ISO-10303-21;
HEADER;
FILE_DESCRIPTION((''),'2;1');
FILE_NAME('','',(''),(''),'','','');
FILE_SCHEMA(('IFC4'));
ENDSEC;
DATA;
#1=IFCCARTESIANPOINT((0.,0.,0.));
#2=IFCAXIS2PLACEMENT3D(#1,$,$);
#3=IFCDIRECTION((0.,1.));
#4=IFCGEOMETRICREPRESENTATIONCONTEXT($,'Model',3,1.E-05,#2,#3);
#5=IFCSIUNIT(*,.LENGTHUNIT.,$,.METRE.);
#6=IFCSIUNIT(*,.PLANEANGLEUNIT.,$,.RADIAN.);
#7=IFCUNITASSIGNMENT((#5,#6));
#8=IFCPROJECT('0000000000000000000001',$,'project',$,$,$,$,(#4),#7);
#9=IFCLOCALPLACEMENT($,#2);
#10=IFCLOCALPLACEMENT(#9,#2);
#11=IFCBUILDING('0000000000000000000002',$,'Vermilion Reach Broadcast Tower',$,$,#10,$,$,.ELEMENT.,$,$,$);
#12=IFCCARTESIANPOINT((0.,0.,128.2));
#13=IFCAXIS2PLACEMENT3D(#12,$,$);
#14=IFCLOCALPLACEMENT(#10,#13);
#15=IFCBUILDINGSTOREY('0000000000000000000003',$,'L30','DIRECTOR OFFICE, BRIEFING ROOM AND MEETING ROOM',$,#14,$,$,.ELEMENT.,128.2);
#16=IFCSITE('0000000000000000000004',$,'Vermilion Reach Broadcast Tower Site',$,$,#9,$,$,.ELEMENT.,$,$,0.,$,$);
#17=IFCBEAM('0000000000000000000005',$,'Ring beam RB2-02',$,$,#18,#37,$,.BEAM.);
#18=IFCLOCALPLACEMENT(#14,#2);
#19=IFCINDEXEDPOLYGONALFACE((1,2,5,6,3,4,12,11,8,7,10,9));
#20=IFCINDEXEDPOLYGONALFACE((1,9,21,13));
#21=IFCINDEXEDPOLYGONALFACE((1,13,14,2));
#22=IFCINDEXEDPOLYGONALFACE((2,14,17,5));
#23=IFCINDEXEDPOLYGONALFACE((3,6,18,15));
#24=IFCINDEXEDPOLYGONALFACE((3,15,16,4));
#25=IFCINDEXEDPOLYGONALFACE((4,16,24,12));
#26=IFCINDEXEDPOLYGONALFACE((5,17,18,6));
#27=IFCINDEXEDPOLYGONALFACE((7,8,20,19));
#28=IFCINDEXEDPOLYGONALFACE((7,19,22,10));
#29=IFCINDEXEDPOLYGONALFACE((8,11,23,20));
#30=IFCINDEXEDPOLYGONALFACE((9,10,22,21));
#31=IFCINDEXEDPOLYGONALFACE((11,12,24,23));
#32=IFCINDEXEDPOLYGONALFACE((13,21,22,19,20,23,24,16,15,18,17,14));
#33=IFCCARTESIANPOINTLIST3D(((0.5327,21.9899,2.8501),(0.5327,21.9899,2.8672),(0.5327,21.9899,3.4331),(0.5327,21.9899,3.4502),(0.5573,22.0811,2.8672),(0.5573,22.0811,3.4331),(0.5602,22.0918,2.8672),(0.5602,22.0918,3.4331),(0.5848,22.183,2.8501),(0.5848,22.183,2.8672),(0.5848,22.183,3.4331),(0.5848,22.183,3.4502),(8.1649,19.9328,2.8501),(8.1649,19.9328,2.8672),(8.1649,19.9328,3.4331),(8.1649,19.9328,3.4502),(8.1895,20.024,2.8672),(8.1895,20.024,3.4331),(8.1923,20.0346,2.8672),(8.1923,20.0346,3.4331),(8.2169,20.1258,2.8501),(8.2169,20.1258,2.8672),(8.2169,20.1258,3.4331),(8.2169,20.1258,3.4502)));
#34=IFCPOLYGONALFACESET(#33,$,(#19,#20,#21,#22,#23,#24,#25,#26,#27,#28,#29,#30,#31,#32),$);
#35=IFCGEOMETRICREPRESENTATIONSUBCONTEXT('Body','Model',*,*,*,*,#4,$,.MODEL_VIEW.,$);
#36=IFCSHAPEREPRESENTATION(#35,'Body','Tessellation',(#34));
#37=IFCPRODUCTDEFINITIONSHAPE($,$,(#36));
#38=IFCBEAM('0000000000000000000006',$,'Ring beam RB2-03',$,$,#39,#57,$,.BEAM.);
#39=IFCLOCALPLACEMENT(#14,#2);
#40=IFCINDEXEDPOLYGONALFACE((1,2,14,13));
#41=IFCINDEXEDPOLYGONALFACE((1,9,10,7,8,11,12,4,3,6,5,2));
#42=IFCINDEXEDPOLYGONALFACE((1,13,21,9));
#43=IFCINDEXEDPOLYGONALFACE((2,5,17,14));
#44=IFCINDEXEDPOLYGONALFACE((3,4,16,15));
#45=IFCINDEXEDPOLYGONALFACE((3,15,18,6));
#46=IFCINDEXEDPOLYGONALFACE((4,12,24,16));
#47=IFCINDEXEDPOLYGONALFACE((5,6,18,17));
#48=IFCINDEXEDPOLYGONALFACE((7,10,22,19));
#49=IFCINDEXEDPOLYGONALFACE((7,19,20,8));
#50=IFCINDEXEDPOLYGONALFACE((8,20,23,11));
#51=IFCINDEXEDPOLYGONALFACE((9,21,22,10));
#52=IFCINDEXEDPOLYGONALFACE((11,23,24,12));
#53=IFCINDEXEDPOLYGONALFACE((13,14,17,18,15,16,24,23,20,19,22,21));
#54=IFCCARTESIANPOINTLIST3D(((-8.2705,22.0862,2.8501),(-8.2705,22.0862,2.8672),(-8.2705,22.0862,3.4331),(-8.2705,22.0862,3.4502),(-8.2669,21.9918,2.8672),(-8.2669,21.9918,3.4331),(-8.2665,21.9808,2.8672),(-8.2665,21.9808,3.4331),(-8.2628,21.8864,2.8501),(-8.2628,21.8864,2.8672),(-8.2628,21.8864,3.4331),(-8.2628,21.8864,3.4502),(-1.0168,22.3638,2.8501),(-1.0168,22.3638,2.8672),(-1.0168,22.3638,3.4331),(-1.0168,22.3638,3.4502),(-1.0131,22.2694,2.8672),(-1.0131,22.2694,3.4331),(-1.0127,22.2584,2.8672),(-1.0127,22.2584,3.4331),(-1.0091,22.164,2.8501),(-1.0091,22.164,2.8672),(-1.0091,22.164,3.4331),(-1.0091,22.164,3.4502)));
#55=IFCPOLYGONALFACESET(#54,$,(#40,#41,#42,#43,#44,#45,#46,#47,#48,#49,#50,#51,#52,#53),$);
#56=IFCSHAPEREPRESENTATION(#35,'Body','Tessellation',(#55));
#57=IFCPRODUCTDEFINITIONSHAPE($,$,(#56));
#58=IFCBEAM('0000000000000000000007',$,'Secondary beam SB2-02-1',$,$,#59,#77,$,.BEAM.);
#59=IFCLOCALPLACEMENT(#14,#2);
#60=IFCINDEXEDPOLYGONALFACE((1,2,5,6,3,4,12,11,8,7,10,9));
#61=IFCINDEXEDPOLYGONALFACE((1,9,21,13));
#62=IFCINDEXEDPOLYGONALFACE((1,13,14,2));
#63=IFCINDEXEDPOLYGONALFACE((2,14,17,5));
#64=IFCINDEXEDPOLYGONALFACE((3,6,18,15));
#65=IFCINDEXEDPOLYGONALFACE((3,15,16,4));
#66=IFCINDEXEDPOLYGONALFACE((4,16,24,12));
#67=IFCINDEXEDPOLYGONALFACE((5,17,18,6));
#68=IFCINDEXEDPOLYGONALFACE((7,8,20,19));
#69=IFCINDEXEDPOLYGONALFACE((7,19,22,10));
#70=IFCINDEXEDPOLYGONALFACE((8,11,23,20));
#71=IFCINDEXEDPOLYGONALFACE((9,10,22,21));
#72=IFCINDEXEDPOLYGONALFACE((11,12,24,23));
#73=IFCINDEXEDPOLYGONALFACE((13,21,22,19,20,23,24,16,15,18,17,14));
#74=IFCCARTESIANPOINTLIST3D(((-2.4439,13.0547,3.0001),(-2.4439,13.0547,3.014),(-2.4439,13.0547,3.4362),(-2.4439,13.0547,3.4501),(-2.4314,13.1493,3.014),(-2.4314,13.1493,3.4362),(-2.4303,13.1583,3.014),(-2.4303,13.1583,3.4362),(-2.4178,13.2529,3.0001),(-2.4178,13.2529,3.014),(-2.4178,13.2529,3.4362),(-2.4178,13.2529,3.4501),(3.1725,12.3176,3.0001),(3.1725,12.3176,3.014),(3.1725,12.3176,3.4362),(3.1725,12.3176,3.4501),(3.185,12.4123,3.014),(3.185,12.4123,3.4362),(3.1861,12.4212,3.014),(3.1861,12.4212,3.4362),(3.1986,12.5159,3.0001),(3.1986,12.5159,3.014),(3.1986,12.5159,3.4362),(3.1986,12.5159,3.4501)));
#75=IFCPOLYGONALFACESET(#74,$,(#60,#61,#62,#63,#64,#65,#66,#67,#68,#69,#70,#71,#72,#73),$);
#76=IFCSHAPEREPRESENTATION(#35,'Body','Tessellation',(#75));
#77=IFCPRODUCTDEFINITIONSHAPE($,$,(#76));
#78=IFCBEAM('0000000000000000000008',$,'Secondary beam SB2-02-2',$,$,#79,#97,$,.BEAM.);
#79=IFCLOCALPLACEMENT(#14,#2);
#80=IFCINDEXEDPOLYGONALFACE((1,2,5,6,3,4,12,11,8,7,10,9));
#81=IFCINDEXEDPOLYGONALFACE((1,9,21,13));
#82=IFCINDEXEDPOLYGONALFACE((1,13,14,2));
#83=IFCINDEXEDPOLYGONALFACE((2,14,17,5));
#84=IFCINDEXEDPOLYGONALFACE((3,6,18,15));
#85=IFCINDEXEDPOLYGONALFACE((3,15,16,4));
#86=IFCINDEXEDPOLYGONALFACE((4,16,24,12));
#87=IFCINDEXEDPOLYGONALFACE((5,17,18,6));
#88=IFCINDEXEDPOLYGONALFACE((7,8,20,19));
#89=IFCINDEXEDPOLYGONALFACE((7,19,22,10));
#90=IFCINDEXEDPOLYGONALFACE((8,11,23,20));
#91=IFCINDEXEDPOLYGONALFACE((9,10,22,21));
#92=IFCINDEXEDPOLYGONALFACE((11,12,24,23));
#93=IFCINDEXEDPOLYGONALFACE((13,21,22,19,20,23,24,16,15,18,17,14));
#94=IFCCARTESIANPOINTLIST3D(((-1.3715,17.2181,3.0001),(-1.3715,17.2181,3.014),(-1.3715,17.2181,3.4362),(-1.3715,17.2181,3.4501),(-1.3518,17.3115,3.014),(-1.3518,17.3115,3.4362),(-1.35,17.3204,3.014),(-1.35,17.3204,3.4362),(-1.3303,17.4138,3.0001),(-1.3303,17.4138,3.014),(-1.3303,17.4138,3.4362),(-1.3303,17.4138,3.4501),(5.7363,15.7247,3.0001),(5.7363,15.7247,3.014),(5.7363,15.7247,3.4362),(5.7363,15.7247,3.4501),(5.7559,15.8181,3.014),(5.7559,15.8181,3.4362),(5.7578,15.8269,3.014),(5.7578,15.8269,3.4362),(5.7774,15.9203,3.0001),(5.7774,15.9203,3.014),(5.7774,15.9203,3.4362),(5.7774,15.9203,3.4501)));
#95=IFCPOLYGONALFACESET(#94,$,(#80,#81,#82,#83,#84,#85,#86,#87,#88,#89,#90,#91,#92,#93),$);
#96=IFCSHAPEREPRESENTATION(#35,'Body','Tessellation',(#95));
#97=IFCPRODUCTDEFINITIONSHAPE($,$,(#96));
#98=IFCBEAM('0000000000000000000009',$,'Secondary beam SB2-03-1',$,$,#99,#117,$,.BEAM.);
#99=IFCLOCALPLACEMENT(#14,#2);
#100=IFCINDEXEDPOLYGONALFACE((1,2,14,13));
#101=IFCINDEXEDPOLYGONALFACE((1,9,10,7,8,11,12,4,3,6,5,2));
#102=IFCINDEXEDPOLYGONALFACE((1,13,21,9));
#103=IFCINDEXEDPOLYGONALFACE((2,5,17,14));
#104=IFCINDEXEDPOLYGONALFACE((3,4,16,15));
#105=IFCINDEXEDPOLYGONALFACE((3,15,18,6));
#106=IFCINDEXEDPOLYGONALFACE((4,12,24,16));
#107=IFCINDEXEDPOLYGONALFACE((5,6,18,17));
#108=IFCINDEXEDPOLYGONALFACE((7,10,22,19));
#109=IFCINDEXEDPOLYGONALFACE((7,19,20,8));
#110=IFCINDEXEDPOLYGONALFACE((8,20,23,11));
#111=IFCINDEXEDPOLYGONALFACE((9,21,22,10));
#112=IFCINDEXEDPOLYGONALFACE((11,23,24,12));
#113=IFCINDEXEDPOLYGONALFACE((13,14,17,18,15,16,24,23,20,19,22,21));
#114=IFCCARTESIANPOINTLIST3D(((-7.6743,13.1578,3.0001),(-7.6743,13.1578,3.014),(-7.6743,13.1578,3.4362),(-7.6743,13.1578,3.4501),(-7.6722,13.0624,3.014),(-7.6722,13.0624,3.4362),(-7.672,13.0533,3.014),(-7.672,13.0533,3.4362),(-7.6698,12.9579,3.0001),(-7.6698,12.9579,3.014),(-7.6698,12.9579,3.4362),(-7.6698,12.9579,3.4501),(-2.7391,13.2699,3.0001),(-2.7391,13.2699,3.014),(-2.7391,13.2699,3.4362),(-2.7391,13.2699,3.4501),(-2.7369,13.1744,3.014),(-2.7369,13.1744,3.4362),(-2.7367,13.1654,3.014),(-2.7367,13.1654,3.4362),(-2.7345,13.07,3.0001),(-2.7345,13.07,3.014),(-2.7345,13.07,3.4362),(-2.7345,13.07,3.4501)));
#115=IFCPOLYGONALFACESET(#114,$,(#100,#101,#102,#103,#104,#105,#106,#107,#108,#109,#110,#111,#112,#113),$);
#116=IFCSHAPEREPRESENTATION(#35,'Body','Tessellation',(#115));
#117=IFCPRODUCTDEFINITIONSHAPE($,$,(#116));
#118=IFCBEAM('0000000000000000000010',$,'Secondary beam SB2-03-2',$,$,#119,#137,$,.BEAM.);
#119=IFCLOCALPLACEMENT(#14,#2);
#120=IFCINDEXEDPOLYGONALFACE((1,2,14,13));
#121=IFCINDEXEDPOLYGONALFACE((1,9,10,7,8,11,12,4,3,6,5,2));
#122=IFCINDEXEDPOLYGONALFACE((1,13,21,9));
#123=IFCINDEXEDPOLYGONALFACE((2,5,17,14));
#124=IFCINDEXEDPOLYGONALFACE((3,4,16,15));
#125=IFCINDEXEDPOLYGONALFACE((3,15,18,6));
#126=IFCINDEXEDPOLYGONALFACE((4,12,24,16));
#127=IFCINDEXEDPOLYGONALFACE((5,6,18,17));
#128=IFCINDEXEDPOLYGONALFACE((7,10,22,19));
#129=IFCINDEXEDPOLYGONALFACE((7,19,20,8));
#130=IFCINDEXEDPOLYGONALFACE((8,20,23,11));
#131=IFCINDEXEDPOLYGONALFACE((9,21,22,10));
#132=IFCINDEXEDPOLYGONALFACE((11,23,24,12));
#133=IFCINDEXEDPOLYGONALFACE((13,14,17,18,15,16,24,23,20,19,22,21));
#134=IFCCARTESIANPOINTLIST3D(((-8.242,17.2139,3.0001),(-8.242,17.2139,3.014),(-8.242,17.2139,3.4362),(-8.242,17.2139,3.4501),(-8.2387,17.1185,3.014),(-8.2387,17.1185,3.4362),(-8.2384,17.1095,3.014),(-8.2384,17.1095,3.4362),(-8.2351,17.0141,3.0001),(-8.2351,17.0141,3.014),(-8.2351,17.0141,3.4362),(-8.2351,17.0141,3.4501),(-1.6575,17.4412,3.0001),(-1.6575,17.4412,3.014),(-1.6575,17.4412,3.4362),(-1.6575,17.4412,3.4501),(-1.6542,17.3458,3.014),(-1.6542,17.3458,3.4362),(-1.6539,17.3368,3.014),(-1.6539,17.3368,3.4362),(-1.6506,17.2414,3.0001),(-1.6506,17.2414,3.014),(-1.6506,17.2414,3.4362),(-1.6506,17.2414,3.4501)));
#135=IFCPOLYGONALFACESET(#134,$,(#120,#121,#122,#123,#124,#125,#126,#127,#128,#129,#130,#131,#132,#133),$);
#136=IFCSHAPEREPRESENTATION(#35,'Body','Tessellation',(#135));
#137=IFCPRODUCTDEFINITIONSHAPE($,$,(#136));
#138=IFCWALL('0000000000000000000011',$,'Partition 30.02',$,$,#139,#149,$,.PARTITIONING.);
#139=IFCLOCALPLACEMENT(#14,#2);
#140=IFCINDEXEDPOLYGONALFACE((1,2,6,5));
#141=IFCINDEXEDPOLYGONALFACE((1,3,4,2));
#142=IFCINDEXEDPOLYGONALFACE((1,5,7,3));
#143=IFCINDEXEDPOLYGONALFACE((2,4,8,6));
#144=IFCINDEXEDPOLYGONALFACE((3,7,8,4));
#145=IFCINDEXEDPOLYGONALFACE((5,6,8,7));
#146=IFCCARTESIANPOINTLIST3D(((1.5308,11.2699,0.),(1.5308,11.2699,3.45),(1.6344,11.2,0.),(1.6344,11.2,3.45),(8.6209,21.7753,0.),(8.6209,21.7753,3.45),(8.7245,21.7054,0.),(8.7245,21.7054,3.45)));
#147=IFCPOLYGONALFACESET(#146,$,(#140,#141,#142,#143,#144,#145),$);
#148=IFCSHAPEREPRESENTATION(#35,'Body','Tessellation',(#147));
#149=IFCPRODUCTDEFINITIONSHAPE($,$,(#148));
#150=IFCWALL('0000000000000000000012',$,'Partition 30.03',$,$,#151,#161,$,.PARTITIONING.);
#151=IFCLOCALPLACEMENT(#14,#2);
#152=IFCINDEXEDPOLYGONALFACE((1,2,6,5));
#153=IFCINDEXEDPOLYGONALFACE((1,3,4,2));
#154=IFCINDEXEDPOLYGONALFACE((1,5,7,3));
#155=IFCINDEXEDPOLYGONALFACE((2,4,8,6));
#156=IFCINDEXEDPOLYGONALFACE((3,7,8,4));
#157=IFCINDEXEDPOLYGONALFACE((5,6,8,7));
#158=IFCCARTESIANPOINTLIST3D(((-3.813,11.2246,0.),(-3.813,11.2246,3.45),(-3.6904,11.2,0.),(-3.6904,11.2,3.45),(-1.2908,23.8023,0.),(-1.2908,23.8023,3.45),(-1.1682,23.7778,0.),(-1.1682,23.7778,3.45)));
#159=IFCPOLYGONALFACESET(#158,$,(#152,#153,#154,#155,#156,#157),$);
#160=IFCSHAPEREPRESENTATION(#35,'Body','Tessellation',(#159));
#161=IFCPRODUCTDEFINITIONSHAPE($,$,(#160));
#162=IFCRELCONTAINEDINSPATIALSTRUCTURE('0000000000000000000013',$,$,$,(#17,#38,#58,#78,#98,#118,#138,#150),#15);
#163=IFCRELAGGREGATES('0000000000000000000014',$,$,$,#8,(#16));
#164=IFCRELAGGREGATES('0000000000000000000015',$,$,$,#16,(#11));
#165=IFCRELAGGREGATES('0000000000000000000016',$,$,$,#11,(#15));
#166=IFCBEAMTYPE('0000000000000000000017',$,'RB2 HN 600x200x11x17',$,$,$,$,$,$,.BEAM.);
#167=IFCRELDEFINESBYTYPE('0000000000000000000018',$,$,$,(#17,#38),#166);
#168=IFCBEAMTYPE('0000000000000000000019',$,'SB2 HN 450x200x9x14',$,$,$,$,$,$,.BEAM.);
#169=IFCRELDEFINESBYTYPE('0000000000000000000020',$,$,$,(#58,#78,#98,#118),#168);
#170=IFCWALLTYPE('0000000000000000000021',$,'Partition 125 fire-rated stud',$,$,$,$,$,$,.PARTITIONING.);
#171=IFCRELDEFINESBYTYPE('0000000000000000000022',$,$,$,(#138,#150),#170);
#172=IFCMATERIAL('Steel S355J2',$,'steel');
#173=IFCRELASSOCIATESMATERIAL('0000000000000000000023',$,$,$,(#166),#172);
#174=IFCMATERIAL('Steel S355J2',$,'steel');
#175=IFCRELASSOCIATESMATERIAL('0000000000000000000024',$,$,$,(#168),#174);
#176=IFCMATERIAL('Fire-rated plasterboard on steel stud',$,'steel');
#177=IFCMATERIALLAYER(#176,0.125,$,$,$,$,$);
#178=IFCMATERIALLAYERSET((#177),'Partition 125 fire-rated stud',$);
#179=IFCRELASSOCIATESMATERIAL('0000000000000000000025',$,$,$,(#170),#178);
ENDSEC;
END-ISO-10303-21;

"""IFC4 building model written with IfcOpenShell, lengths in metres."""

from ifc_helpers import new_model, si_unit, direction, frame, frame_2d, origin, origin_2d, place, context, subcontext, project, spatial, rectangle, i_section, extrude, material, layer, layer_set, material_profile, profile_set, type_object, element, save


model = new_model("IFC4")

# Units and contexts
model_context = context("Model", 3, precision=1e-05, world=origin(), true_north=direction((0.0, 1.0)))
body_context = subcontext(model_context, "Body", "Model", "MODEL_VIEW")
ifc_project = project(units=[si_unit("LENGTHUNIT", "METRE"), si_unit("PLANEANGLEUNIT", "RADIAN")], contexts=[model_context])

# Site, building, storey
site_placement = place(None, origin())
site = spatial("IfcSite", under=ifc_project, at=site_placement, Name="Vermilion Reach Broadcast Tower Site", CompositionType="ELEMENT", RefElevation=0.0)
building_placement = place(site_placement, origin())
building = spatial("IfcBuilding", under=site, at=building_placement, Name="Vermilion Reach Broadcast Tower", CompositionType="ELEMENT")
storey_placement = place(building_placement, frame((0.0, 0.0, 128.2)))
storey = spatial("IfcBuildingStorey", under=building, at=storey_placement, Name="L30", Description="DIRECTOR OFFICE, BRIEFING ROOM AND MEETING ROOM", CompositionType="ELEMENT", Elevation=128.2)

# Beams
ifc_material_1 = material(Name="Steel S355J2", Category="steel")
ifc_material_profile_1 = material_profile(ifc_material_1, i_section(OverallWidth=0.2, OverallDepth=0.6001, WebThickness=0.011, FlangeThickness=0.0171, at=origin_2d()), Name="S355J2 HN 600x200x11x17")
ifc_profile_set_1 = profile_set([ifc_material_profile_1], Name="Steel S355J2")
beam_type_1 = type_object("IfcBeamType", Name="RB2 HN 600x200x11x17", PredefinedType="BEAM", material=ifc_profile_set_1)
beam_1_placement = place(storey_placement, frame((8.1909, 20.0293, 3.1501), z_axis=(-0.965541, 0.260249, 0.0), x_axis=(-0.260249, -0.965541, 0.0)))
element("IfcBeam", 1, at=beam_1_placement, inside=storey, type_object=beam_type_1, Name="Ring beam RB2-02", PredefinedType="BEAM", context=body_context, shape_type="SweptSolid", body=[
    extrude(i_section(OverallWidth=0.2, OverallDepth=0.6001, WebThickness=0.011, FlangeThickness=0.0171, at=origin_2d()), origin(), (0.0, 0.0, 1.0), 7.9045),
])
beam_2_placement = place(storey_placement, frame((-1.0129, 22.2639, 3.1501), z_axis=(-0.999269, -0.038241, 0.0), x_axis=(0.038241, -0.999269, 0.0)))
element("IfcBeam", 2, at=beam_2_placement, inside=storey, type_object=beam_type_1, Name="Ring beam RB2-03", PredefinedType="BEAM", context=body_context, shape_type="SweptSolid", body=[
    extrude(i_section(OverallWidth=0.2, OverallDepth=0.6001, WebThickness=0.011, FlangeThickness=0.0171, at=origin_2d()), origin(), (0.0, 0.0, 1.0), 7.259),
])
ifc_material_2 = material(Name="Steel S355J2", Category="steel")
ifc_material_profile_2 = material_profile(ifc_material_2, i_section(OverallWidth=0.2, OverallDepth=0.45, WebThickness=0.009, FlangeThickness=0.0139, at=origin_2d()), Name="S355J2 HN 450x200x9x14")
ifc_profile_set_2 = profile_set([ifc_material_profile_2], Name="Steel S355J2")
beam_type_2 = type_object("IfcBeamType", Name="SB2 HN 450x200x9x14", PredefinedType="BEAM", material=ifc_profile_set_2)
beam_3_placement = place(storey_placement, frame((3.1855, 12.4167, 3.2251), z_axis=(-0.991499, 0.130117, 0.0), x_axis=(-0.130117, -0.991499, 0.0)))
element("IfcBeam", 3, at=beam_3_placement, inside=storey, type_object=beam_type_2, Name="Secondary beam SB2-02-1", PredefinedType="BEAM", context=body_context, shape_type="SweptSolid", body=[
    extrude(i_section(OverallWidth=0.2, OverallDepth=0.45, WebThickness=0.009, FlangeThickness=0.0139, at=origin_2d()), origin(), (0.0, 0.0, 1.0), 5.6646),
])
beam_4_placement = place(storey_placement, frame((5.7568, 15.8225, 3.2251), z_axis=(-0.978631, 0.205623, 0.0), x_axis=(-0.205623, -0.978631, 0.0)))
element("IfcBeam", 4, at=beam_4_placement, inside=storey, type_object=beam_type_2, Name="Secondary beam SB2-02-2", PredefinedType="BEAM", context=body_context, shape_type="SweptSolid", body=[
    extrude(i_section(OverallWidth=0.2, OverallDepth=0.45, WebThickness=0.009, FlangeThickness=0.0139, at=origin_2d()), origin(), (0.0, 0.0, 1.0), 7.2629),
])
beam_5_placement = place(storey_placement, frame((-2.7368, 13.1699, 3.2251), z_axis=(-0.999742, -0.0227, 0.0), x_axis=(0.0227, -0.999742, 0.0)))
element("IfcBeam", 5, at=beam_5_placement, inside=storey, type_object=beam_type_2, Name="Secondary beam SB2-03-1", PredefinedType="BEAM", context=body_context, shape_type="SweptSolid", body=[
    extrude(i_section(OverallWidth=0.2, OverallDepth=0.45, WebThickness=0.009, FlangeThickness=0.0139, at=origin_2d()), origin(), (0.0, 0.0, 1.0), 4.9365),
])
beam_6_placement = place(storey_placement, frame((-1.6541, 17.3413, 3.2251), z_axis=(-0.999405, -0.034499, 0.0), x_axis=(0.034499, -0.999405, 0.0)))
element("IfcBeam", 6, at=beam_6_placement, inside=storey, type_object=beam_type_2, Name="Secondary beam SB2-03-2", PredefinedType="BEAM", context=body_context, shape_type="SweptSolid", body=[
    extrude(i_section(OverallWidth=0.2, OverallDepth=0.45, WebThickness=0.009, FlangeThickness=0.0139, at=origin_2d()), origin(), (0.0, 0.0, 1.0), 6.5884),
])

# Walls
ifc_material_3 = material(Name="Fire-rated plasterboard on steel stud", Category="steel")
ifc_layer_1 = layer(ifc_material_3, 0.125)
ifc_layer_set_1 = layer_set([ifc_layer_1], Name="Partition 125 fire-rated stud")
wall_type_1 = type_object("IfcWallType", Name="Partition 125 fire-rated stud", PredefinedType="PARTITIONING", material=ifc_layer_set_1)
wall_1_placement = place(storey_placement, frame((8.6726, 21.7402, 0.0), z_axis=(0.0, 0.0, 1.0), x_axis=(-0.559417, -0.828887, 0.0)))
element("IfcWall", 7, at=wall_1_placement, inside=storey, type_object=wall_type_1, Name="Partition 30.02", PredefinedType="PARTITIONING", context=body_context, shape_type="SweptSolid", body=[
    extrude(rectangle(XDim=12.6741, YDim=0.125, at=frame_2d((6.3369, 0.0))), origin(), (0.0, 0.0, 1.0), 3.45),
])
wall_2_placement = place(storey_placement, frame((-1.2295, 23.79, 0.0), z_axis=(0.0, 0.0, 1.0), x_axis=(-0.196618, -0.98048, 0.0)))
element("IfcWall", 8, at=wall_2_placement, inside=storey, type_object=wall_type_1, Name="Partition 30.03", PredefinedType="PARTITIONING", context=body_context, shape_type="SweptSolid", body=[
    extrude(rectangle(XDim=12.8281, YDim=0.125, at=frame_2d((6.4141, 0.0))), origin(), (0.0, 0.0, 1.0), 3.45),
])

save(model, "model.ifc")
